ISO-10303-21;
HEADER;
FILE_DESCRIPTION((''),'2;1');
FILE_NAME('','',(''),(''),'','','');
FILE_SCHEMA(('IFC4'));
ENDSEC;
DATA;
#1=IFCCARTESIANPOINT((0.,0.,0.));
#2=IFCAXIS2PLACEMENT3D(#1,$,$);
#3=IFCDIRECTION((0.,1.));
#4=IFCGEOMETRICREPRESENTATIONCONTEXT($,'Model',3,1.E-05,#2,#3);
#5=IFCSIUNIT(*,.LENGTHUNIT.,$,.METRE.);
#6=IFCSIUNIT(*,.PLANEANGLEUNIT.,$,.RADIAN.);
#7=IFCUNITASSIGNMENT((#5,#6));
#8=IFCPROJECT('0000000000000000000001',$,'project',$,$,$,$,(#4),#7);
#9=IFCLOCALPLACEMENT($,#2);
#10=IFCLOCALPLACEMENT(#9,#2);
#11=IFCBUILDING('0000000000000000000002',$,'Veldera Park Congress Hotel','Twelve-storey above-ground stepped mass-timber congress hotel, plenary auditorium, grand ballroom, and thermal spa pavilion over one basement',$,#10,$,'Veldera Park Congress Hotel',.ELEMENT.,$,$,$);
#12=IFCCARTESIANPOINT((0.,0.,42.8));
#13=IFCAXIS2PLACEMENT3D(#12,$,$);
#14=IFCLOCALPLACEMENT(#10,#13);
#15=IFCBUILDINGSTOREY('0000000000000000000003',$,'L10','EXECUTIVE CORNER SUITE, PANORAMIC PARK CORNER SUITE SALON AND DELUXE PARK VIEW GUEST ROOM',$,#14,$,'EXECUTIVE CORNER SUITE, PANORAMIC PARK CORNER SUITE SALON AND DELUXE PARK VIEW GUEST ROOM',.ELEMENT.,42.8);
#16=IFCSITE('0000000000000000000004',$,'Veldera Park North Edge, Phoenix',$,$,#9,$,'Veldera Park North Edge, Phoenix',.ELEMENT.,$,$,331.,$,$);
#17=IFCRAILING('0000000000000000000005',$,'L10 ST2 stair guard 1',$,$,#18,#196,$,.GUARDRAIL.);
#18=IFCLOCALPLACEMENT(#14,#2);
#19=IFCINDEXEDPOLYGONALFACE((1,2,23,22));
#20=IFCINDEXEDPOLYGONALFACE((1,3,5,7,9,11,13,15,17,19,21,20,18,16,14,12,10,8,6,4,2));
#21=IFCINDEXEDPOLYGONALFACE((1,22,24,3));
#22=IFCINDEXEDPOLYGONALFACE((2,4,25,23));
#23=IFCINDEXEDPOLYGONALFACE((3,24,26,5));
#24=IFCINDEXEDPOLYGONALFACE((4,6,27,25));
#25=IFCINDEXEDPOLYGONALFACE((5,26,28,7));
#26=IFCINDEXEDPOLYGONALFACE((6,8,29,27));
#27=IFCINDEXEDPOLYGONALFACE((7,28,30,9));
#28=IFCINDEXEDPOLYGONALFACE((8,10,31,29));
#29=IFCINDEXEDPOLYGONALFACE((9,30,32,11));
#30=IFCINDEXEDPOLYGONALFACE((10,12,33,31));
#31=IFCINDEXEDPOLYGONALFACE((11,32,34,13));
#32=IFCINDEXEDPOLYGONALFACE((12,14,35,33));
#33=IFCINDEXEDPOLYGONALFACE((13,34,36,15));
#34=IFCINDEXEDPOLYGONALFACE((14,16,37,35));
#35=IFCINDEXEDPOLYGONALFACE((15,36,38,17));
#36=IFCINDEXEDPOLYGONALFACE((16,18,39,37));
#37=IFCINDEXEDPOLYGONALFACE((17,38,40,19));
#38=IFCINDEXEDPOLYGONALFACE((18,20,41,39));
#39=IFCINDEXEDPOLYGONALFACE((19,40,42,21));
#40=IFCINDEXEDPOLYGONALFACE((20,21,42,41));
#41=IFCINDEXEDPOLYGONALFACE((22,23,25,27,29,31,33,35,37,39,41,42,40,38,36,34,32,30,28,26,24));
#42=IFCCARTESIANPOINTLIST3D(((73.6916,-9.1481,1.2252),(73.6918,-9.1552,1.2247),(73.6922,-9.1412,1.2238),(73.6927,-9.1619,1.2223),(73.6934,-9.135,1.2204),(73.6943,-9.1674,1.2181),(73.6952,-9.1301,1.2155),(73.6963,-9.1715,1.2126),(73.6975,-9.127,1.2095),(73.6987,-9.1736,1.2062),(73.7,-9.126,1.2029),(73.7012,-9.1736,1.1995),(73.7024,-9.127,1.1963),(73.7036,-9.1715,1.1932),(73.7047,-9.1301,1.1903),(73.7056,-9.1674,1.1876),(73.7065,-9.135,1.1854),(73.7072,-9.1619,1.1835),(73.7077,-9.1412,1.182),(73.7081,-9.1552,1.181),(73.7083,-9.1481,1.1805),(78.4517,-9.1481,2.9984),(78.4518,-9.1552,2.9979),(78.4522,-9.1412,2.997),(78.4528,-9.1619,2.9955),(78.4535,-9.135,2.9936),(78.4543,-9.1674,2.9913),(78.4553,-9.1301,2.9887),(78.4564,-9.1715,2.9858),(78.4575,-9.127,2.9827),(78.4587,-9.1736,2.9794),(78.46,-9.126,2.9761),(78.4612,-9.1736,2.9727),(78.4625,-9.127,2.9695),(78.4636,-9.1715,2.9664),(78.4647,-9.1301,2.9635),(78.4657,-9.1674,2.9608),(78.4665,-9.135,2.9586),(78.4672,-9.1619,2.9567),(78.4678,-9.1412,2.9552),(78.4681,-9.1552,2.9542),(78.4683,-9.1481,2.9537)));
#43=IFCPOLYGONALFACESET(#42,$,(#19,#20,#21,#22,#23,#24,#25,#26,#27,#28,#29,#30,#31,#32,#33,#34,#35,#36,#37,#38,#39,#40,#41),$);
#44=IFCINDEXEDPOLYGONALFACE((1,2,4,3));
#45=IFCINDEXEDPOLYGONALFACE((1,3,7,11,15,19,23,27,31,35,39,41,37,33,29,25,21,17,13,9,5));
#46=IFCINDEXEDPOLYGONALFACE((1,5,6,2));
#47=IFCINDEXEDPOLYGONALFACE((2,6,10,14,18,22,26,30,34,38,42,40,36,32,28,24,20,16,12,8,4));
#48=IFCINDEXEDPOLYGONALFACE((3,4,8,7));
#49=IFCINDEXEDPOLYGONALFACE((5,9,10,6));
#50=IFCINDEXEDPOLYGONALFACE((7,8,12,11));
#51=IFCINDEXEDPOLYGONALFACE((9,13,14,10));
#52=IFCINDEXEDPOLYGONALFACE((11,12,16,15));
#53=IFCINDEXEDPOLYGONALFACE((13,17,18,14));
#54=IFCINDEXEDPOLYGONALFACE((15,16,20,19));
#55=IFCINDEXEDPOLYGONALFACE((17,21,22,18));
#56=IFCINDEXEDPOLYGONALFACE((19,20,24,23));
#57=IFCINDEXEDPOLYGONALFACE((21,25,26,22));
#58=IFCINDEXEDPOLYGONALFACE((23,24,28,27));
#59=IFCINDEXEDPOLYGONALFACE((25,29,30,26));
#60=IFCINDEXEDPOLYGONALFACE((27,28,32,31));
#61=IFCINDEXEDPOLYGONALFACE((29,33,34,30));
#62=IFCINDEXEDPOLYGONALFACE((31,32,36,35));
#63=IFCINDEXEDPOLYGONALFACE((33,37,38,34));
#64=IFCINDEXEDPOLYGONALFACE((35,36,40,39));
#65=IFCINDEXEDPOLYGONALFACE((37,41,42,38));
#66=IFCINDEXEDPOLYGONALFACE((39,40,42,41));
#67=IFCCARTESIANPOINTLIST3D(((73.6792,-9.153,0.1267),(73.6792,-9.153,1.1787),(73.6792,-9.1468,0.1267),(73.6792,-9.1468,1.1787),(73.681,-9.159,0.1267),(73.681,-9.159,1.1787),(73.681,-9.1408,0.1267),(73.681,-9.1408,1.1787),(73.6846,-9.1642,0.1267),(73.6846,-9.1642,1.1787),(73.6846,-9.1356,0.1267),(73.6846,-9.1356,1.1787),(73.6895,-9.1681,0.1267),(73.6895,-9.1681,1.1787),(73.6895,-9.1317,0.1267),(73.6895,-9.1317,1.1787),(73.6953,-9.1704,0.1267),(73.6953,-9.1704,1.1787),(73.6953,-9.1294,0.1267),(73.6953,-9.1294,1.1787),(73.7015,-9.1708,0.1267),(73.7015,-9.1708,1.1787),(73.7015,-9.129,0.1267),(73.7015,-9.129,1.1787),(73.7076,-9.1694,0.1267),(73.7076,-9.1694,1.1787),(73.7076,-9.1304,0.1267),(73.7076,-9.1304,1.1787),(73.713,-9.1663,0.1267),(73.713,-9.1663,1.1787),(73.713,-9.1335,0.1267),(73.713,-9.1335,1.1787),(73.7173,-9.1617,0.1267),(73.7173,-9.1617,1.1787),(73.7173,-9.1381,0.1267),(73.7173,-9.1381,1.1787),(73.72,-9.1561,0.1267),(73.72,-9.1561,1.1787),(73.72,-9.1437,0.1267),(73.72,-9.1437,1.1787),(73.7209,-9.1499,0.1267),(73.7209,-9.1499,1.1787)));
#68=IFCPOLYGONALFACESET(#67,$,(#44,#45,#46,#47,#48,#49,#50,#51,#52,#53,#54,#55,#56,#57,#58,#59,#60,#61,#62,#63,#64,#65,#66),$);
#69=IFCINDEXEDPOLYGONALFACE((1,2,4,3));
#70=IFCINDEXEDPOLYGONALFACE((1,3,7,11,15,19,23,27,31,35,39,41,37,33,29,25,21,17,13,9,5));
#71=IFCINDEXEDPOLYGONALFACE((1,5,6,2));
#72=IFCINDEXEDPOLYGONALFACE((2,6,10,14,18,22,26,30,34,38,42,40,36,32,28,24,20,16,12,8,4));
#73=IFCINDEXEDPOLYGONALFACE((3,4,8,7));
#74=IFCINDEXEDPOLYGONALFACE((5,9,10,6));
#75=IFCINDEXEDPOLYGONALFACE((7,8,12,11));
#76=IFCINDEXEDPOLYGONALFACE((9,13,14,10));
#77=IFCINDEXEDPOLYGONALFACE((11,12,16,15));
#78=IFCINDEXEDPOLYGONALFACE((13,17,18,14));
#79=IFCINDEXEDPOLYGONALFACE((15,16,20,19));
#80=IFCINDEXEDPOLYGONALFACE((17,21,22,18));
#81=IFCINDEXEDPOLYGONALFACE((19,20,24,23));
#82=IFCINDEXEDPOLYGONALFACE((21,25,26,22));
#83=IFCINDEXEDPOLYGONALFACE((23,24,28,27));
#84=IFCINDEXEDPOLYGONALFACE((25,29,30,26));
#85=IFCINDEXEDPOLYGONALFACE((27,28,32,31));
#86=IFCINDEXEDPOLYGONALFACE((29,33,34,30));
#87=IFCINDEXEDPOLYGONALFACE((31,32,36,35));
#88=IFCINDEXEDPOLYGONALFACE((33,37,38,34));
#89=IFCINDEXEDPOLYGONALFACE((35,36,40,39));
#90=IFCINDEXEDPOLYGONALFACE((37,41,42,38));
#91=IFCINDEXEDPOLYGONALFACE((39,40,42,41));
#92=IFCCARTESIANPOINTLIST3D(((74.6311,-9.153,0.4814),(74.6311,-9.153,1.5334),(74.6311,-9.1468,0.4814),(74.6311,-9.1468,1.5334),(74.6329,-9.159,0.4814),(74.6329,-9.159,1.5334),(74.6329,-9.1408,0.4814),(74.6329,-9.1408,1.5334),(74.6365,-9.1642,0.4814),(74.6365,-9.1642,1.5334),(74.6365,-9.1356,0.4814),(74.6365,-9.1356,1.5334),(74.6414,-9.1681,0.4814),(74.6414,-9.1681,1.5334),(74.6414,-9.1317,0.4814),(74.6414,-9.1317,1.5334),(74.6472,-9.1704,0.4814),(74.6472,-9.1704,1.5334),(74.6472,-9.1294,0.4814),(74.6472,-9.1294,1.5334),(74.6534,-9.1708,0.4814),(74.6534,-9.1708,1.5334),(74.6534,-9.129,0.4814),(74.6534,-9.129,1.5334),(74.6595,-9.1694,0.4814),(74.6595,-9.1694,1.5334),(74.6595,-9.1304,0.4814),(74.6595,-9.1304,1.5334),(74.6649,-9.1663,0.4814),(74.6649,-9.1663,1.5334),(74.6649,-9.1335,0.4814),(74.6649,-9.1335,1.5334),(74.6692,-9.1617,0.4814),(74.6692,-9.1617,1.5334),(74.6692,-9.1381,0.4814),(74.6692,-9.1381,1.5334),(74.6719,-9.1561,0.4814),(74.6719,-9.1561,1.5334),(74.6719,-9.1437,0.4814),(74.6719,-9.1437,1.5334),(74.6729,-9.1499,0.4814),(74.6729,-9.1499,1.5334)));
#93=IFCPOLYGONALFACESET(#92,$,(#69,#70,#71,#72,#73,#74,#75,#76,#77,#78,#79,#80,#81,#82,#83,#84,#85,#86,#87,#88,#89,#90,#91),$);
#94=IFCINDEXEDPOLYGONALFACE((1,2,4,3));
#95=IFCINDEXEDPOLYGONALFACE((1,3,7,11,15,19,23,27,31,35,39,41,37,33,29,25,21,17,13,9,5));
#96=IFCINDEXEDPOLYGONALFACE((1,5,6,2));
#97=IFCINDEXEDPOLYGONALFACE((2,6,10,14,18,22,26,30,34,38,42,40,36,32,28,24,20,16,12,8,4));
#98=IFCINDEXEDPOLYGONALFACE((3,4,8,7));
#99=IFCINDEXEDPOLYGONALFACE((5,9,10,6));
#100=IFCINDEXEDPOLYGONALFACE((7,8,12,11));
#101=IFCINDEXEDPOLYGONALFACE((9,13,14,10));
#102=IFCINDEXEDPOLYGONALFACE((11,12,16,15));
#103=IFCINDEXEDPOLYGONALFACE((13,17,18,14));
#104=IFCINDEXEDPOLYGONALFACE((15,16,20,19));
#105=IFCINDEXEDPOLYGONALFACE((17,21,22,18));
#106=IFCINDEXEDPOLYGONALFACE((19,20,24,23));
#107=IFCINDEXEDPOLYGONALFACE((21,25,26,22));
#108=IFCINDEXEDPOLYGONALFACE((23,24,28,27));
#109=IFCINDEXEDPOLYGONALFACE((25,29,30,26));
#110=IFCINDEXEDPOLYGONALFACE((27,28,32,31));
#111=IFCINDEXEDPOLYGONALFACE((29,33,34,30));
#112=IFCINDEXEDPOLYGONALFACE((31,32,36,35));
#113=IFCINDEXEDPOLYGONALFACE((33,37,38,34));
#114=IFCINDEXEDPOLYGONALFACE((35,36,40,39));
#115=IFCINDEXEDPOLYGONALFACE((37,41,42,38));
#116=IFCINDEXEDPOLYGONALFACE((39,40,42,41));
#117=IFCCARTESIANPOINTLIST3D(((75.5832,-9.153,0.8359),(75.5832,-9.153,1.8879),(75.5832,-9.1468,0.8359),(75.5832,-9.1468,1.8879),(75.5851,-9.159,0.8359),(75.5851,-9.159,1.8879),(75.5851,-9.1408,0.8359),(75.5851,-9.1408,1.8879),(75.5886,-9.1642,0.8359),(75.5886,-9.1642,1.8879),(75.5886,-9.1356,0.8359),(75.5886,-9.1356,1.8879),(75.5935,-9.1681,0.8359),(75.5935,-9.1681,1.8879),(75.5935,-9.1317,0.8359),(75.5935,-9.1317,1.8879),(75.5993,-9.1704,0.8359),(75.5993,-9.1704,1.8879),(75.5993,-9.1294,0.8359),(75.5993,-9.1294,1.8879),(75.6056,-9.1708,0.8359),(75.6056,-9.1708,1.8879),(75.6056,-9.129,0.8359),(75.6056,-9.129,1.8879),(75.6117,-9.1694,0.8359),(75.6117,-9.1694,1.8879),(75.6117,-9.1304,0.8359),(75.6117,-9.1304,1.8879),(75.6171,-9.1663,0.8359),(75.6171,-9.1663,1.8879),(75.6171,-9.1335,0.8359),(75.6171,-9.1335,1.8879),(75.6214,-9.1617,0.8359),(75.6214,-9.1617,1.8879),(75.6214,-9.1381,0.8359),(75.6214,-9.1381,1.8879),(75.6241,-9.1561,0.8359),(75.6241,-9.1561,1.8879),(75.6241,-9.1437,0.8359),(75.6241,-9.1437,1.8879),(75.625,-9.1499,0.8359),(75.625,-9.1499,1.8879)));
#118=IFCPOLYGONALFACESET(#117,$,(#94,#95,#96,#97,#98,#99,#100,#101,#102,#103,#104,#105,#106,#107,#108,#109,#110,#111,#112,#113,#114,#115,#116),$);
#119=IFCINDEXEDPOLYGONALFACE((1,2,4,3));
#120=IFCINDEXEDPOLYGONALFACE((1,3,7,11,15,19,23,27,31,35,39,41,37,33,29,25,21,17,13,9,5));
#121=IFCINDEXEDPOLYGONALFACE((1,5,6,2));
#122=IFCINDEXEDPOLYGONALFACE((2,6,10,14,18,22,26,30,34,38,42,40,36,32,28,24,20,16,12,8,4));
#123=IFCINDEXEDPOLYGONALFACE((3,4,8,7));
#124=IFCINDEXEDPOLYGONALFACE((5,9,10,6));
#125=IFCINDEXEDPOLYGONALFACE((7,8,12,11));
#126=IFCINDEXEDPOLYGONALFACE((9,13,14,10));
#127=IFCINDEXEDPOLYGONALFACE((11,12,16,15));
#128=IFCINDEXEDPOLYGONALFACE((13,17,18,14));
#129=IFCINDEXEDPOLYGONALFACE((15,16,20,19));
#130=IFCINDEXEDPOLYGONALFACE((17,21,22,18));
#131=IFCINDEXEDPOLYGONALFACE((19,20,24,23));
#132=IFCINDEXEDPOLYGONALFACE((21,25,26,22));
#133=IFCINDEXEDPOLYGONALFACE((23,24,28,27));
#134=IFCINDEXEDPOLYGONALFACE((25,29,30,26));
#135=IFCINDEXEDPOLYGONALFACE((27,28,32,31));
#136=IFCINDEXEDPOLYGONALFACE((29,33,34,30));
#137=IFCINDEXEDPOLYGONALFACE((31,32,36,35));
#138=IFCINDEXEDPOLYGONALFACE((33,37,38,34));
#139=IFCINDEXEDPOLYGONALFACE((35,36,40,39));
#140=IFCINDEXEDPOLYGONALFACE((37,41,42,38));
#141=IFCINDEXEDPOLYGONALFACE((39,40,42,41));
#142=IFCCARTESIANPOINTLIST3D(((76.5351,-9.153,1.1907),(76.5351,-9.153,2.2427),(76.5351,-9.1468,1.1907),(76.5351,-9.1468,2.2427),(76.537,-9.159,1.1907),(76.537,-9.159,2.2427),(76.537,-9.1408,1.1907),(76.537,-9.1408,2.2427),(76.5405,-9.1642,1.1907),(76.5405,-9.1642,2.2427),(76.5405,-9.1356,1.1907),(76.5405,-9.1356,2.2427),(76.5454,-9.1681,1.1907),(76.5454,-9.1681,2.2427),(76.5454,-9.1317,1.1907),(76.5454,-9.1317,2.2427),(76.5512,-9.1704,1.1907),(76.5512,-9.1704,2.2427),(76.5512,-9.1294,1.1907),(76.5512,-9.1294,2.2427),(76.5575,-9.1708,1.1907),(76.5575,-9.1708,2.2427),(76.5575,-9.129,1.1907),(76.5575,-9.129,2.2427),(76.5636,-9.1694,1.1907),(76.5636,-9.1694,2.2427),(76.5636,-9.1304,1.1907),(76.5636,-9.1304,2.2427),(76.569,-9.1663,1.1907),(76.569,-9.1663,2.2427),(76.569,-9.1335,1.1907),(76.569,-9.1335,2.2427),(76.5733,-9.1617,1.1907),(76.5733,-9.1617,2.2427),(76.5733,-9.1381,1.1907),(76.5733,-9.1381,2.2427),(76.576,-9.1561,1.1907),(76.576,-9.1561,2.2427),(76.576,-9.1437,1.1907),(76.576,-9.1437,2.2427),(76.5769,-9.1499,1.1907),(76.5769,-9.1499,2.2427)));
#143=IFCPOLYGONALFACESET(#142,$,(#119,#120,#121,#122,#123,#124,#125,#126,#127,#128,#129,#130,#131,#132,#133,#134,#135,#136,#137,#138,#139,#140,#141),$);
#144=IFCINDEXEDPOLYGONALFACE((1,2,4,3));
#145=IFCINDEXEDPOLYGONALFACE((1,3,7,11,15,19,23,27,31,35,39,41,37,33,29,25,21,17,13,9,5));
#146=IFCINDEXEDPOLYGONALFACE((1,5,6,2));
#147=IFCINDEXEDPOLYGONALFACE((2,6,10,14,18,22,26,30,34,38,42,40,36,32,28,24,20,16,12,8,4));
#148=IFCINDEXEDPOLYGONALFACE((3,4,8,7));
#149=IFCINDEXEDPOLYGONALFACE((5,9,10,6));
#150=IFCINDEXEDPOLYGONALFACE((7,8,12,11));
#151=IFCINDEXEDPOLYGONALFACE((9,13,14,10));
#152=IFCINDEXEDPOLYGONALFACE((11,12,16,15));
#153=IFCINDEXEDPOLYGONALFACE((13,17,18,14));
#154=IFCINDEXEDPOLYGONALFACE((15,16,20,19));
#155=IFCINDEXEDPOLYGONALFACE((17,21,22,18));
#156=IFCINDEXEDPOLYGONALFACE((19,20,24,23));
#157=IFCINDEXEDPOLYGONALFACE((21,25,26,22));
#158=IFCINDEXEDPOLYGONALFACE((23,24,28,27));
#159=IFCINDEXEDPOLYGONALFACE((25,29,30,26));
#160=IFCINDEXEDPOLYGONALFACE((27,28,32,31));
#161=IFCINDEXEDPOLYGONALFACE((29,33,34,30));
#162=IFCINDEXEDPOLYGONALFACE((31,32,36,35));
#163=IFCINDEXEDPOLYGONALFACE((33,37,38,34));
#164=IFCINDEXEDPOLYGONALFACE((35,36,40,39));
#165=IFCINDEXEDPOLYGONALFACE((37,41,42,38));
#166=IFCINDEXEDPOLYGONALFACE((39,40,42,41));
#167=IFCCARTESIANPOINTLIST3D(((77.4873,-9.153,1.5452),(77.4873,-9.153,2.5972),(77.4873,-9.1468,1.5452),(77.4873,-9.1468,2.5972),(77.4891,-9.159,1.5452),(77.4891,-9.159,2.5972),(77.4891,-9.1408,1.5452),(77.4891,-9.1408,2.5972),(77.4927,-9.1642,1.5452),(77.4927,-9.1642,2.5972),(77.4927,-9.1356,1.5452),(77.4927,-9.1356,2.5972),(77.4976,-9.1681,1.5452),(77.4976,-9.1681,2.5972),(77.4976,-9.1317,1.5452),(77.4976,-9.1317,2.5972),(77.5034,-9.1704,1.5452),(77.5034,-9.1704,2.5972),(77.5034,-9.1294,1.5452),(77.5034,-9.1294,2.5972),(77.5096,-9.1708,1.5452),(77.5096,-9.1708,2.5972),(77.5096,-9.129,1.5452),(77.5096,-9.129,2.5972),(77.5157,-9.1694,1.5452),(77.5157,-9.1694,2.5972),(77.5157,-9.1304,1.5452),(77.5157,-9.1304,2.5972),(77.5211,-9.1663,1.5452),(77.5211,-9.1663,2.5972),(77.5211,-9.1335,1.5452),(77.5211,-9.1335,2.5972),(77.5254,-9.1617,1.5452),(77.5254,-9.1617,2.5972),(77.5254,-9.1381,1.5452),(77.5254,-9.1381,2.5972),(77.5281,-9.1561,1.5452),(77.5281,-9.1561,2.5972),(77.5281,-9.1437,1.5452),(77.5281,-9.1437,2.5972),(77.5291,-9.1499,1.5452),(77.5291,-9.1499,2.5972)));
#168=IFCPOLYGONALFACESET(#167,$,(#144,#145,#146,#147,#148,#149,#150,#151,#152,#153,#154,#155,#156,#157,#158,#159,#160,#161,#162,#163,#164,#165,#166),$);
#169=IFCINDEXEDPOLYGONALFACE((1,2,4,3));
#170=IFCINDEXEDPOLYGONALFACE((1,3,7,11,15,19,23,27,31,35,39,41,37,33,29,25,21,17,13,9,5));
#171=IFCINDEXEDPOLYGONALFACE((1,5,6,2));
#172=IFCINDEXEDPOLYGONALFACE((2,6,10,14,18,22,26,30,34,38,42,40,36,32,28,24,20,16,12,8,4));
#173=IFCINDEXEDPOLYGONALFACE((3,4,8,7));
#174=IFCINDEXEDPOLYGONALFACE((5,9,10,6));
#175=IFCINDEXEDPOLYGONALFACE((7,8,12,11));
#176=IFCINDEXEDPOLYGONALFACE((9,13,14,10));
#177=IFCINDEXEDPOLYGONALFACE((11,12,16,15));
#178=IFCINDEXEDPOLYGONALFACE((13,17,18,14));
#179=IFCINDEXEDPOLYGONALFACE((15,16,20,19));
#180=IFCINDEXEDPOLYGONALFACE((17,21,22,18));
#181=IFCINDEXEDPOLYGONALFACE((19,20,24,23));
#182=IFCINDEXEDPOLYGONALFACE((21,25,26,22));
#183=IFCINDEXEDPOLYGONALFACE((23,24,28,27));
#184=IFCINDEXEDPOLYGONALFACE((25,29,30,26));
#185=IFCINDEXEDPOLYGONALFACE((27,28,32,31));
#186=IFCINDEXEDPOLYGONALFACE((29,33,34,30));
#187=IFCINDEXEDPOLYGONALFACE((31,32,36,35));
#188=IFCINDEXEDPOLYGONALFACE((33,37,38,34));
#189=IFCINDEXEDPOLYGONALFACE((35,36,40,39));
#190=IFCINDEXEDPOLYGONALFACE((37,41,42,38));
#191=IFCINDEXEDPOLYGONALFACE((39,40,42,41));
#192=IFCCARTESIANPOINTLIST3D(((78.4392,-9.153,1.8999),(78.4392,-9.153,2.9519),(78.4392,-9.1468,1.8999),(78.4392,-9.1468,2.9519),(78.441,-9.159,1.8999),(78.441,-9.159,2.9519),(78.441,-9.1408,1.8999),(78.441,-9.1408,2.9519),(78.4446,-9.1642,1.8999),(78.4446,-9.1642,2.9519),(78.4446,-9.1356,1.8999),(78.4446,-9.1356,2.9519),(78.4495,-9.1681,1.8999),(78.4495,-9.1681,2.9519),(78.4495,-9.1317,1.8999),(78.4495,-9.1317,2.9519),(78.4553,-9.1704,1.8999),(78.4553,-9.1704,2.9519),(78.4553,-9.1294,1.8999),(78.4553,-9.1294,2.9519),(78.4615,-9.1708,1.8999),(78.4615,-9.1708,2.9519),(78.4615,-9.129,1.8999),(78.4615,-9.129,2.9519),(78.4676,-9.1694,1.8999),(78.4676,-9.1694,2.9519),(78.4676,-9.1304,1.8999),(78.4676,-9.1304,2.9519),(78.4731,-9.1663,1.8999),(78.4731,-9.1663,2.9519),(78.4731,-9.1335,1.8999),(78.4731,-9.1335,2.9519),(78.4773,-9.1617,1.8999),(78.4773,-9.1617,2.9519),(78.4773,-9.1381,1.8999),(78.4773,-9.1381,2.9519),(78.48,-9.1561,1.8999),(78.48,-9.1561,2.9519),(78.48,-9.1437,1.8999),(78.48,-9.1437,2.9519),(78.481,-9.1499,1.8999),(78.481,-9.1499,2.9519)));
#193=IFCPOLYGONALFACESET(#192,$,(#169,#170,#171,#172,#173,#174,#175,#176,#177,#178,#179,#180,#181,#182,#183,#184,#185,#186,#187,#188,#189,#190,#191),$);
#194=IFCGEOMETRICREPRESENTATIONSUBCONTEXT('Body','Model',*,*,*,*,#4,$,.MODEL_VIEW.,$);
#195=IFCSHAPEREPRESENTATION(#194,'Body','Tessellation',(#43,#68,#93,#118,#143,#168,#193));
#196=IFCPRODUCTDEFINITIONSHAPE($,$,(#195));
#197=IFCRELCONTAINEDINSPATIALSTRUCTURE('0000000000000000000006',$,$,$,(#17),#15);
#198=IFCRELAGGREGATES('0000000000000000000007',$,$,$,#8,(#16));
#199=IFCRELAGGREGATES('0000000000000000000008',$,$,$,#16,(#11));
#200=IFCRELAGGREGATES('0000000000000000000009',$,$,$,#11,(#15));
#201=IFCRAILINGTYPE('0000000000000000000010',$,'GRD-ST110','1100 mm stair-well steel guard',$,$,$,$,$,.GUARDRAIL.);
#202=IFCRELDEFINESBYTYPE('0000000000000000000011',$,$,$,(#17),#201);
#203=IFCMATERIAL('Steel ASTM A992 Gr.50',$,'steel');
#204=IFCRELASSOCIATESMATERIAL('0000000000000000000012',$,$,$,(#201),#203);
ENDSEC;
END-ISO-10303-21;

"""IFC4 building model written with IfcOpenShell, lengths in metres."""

from ifc_helpers import new_model, si_unit, direction, frame, origin, origin_2d, place, context, subcontext, project, spatial, circle, extrude, material, type_object, element, save


model = new_model("IFC4")

# Units and contexts
model_context = context("Model", 3, precision=1e-05, world=origin(), true_north=direction((0.0, 1.0)))
body_context = subcontext(model_context, "Body", "Model", "MODEL_VIEW")
ifc_project = project(units=[si_unit("LENGTHUNIT", "METRE"), si_unit("PLANEANGLEUNIT", "RADIAN")], contexts=[model_context])

# Site, building, storey
site_placement = place(None, origin())
site = spatial("IfcSite", under=ifc_project, at=site_placement, Name="Veldera Park North Edge, Phoenix", LongName="Veldera Park North Edge, Phoenix", CompositionType="ELEMENT", RefElevation=331.0)
building_placement = place(site_placement, origin())
building = spatial("IfcBuilding", under=site, at=building_placement, Name="Veldera Park Congress Hotel", Description="Twelve-storey above-ground stepped mass-timber congress hotel, plenary auditorium, grand ballroom, and thermal spa pavilion over one basement", LongName="Veldera Park Congress Hotel", CompositionType="ELEMENT")
storey_placement = place(building_placement, frame((0.0, 0.0, 42.8)))
storey = spatial("IfcBuildingStorey", under=building, at=storey_placement, Name="L10", Description="EXECUTIVE CORNER SUITE, PANORAMIC PARK CORNER SUITE SALON AND DELUXE PARK VIEW GUEST ROOM", LongName="EXECUTIVE CORNER SUITE, PANORAMIC PARK CORNER SUITE SALON AND DELUXE PARK VIEW GUEST ROOM", CompositionType="ELEMENT", Elevation=42.8)

# Railing
ifc_material_1 = material(Name="Steel ASTM A992 Gr.50", Category="steel")
railing_type = type_object("IfcRailingType", Name="GRD-ST110", Description="1100 mm stair-well steel guard", PredefinedType="GUARDRAIL", material=ifc_material_1)
railing_1_placement = place(storey_placement, frame((73.7, -9.1499, 0.1267)))
element("IfcRailing", 1, at=railing_1_placement, inside=storey, type_object=railing_type, Name="L10 ST2 stair guard 1", PredefinedType="GUARDRAIL", context=body_context, shape_type="SweptSolid", body=[
    extrude(circle(Radius=0.0239, at=origin_2d()), frame((0.0, 0.0, 1.0762), z_axis=(0.937091, 0.0, 0.349084), x_axis=(0.0, 1.0, 0.0)), (0.0, 0.0, 1.0), 5.0796),
    extrude(circle(Radius=0.021, at=origin_2d()), origin(), (0.0, 0.0, 1.0), 1.052),
    extrude(circle(Radius=0.021, at=origin_2d()), frame((0.9519, 0.0, 0.3547)), (0.0, 0.0, 1.0), 1.052),
    extrude(circle(Radius=0.021, at=origin_2d()), frame((1.9041, 0.0, 0.7092)), (0.0, 0.0, 1.0), 1.052),
    extrude(circle(Radius=0.021, at=origin_2d()), frame((2.856, 0.0, 1.064)), (0.0, 0.0, 1.0), 1.052),
    extrude(circle(Radius=0.021, at=origin_2d()), frame((3.8081, 0.0, 1.4185)), (0.0, 0.0, 1.0), 1.052),
    extrude(circle(Radius=0.021, at=origin_2d()), frame((4.76, 0.0, 1.7732)), (0.0, 0.0, 1.0), 1.052),
])

save(model, "model.ifc")
